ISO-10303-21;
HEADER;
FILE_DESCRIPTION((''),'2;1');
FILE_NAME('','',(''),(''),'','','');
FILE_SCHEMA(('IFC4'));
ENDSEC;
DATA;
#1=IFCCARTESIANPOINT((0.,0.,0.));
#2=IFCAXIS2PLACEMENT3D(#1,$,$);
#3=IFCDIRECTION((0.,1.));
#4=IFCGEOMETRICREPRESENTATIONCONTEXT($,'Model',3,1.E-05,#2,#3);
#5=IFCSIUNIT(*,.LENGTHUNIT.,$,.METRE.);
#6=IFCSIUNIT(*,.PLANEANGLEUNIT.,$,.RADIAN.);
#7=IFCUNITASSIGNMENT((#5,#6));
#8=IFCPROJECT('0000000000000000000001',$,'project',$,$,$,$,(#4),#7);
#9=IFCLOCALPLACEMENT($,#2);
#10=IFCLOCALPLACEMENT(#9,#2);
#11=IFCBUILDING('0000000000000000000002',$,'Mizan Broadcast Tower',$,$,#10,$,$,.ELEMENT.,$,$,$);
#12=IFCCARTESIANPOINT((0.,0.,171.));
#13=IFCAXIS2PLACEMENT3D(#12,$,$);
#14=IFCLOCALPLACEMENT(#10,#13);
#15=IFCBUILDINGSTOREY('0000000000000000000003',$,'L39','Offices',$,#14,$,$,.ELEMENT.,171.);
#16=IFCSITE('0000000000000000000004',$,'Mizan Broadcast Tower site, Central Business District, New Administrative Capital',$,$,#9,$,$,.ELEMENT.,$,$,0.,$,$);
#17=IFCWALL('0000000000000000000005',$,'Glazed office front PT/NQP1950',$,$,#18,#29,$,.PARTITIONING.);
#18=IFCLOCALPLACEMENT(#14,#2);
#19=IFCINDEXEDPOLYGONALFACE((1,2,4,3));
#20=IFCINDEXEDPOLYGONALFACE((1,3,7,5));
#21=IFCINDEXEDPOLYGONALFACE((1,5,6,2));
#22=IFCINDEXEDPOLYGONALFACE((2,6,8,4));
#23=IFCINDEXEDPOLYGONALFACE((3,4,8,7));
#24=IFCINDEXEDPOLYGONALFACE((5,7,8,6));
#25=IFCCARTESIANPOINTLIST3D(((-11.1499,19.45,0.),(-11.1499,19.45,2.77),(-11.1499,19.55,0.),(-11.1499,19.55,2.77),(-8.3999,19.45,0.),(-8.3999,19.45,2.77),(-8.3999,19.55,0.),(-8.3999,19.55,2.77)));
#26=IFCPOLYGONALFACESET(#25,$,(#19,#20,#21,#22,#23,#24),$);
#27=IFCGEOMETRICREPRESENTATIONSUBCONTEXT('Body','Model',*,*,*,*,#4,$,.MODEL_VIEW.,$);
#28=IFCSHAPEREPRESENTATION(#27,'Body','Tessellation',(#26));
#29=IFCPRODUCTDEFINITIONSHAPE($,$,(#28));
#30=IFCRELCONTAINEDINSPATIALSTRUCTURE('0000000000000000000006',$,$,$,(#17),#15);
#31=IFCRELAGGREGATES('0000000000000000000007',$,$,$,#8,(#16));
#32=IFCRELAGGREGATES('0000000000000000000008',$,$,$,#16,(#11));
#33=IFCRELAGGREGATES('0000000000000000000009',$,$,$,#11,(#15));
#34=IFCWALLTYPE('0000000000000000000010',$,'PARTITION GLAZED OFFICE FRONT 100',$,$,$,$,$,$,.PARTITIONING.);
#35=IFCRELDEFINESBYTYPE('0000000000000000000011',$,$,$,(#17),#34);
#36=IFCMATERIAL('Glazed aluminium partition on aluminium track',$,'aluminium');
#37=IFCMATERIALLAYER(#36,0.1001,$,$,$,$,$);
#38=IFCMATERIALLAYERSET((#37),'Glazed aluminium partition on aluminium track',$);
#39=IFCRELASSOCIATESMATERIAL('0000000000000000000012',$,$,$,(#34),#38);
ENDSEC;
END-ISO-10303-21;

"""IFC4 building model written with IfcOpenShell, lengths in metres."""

from ifc_helpers import new_model, si_unit, direction, frame, frame_2d, origin, place, context, subcontext, project, spatial, rectangle, extrude, material, layer, layer_set, type_object, element, save


model = new_model("IFC4")

# Units and contexts
model_context = context("Model", 3, precision=1e-05, world=origin(), true_north=direction((0.0, 1.0)))
body_context = subcontext(model_context, "Body", "Model", "MODEL_VIEW")
ifc_project = project(units=[si_unit("LENGTHUNIT", "METRE"), si_unit("PLANEANGLEUNIT", "RADIAN")], contexts=[model_context])

# Site, building, storey
site_placement = place(None, origin())
site = spatial("IfcSite", under=ifc_project, at=site_placement, Name="Mizan Broadcast Tower site, Central Business District, New Administrative Capital", CompositionType="ELEMENT", RefElevation=0.0)
building_placement = place(site_placement, origin())
building = spatial("IfcBuilding", under=site, at=building_placement, Name="Mizan Broadcast Tower", CompositionType="ELEMENT")
storey_placement = place(building_placement, frame((0.0, 0.0, 171.0)))
storey = spatial("IfcBuildingStorey", under=building, at=storey_placement, Name="L39", Description="Offices", CompositionType="ELEMENT", Elevation=171.0)

# Shared definitions
ifc_material_1 = material(Name="Glazed aluminium partition on aluminium track", Category="aluminium")
ifc_layer_1 = layer(ifc_material_1, 0.1001)
ifc_layer_set_1 = layer_set([ifc_layer_1], Name="Glazed aluminium partition on aluminium track")
wall_type_1 = type_object("IfcWallType", Name="PARTITION GLAZED OFFICE FRONT 100", PredefinedType="PARTITIONING", material=ifc_layer_set_1)

# Wall
wall_1_placement = place(storey_placement, frame((-8.3999, 19.5, 0.0), z_axis=(0.0, 0.0, 1.0), x_axis=(-1.0, 0.0, 0.0)))
element("IfcWall", 1, at=wall_1_placement, inside=storey, type_object=wall_type_1, Name="Glazed office front PT/NQP1950", PredefinedType="PARTITIONING", context=body_context, shape_type="SweptSolid", body=[
    extrude(rectangle(XDim=2.75, YDim=0.1001, at=frame_2d((1.375, 0.0))), origin(), (0.0, 0.0, 1.0), 2.77),
])

save(model, "model.ifc")
